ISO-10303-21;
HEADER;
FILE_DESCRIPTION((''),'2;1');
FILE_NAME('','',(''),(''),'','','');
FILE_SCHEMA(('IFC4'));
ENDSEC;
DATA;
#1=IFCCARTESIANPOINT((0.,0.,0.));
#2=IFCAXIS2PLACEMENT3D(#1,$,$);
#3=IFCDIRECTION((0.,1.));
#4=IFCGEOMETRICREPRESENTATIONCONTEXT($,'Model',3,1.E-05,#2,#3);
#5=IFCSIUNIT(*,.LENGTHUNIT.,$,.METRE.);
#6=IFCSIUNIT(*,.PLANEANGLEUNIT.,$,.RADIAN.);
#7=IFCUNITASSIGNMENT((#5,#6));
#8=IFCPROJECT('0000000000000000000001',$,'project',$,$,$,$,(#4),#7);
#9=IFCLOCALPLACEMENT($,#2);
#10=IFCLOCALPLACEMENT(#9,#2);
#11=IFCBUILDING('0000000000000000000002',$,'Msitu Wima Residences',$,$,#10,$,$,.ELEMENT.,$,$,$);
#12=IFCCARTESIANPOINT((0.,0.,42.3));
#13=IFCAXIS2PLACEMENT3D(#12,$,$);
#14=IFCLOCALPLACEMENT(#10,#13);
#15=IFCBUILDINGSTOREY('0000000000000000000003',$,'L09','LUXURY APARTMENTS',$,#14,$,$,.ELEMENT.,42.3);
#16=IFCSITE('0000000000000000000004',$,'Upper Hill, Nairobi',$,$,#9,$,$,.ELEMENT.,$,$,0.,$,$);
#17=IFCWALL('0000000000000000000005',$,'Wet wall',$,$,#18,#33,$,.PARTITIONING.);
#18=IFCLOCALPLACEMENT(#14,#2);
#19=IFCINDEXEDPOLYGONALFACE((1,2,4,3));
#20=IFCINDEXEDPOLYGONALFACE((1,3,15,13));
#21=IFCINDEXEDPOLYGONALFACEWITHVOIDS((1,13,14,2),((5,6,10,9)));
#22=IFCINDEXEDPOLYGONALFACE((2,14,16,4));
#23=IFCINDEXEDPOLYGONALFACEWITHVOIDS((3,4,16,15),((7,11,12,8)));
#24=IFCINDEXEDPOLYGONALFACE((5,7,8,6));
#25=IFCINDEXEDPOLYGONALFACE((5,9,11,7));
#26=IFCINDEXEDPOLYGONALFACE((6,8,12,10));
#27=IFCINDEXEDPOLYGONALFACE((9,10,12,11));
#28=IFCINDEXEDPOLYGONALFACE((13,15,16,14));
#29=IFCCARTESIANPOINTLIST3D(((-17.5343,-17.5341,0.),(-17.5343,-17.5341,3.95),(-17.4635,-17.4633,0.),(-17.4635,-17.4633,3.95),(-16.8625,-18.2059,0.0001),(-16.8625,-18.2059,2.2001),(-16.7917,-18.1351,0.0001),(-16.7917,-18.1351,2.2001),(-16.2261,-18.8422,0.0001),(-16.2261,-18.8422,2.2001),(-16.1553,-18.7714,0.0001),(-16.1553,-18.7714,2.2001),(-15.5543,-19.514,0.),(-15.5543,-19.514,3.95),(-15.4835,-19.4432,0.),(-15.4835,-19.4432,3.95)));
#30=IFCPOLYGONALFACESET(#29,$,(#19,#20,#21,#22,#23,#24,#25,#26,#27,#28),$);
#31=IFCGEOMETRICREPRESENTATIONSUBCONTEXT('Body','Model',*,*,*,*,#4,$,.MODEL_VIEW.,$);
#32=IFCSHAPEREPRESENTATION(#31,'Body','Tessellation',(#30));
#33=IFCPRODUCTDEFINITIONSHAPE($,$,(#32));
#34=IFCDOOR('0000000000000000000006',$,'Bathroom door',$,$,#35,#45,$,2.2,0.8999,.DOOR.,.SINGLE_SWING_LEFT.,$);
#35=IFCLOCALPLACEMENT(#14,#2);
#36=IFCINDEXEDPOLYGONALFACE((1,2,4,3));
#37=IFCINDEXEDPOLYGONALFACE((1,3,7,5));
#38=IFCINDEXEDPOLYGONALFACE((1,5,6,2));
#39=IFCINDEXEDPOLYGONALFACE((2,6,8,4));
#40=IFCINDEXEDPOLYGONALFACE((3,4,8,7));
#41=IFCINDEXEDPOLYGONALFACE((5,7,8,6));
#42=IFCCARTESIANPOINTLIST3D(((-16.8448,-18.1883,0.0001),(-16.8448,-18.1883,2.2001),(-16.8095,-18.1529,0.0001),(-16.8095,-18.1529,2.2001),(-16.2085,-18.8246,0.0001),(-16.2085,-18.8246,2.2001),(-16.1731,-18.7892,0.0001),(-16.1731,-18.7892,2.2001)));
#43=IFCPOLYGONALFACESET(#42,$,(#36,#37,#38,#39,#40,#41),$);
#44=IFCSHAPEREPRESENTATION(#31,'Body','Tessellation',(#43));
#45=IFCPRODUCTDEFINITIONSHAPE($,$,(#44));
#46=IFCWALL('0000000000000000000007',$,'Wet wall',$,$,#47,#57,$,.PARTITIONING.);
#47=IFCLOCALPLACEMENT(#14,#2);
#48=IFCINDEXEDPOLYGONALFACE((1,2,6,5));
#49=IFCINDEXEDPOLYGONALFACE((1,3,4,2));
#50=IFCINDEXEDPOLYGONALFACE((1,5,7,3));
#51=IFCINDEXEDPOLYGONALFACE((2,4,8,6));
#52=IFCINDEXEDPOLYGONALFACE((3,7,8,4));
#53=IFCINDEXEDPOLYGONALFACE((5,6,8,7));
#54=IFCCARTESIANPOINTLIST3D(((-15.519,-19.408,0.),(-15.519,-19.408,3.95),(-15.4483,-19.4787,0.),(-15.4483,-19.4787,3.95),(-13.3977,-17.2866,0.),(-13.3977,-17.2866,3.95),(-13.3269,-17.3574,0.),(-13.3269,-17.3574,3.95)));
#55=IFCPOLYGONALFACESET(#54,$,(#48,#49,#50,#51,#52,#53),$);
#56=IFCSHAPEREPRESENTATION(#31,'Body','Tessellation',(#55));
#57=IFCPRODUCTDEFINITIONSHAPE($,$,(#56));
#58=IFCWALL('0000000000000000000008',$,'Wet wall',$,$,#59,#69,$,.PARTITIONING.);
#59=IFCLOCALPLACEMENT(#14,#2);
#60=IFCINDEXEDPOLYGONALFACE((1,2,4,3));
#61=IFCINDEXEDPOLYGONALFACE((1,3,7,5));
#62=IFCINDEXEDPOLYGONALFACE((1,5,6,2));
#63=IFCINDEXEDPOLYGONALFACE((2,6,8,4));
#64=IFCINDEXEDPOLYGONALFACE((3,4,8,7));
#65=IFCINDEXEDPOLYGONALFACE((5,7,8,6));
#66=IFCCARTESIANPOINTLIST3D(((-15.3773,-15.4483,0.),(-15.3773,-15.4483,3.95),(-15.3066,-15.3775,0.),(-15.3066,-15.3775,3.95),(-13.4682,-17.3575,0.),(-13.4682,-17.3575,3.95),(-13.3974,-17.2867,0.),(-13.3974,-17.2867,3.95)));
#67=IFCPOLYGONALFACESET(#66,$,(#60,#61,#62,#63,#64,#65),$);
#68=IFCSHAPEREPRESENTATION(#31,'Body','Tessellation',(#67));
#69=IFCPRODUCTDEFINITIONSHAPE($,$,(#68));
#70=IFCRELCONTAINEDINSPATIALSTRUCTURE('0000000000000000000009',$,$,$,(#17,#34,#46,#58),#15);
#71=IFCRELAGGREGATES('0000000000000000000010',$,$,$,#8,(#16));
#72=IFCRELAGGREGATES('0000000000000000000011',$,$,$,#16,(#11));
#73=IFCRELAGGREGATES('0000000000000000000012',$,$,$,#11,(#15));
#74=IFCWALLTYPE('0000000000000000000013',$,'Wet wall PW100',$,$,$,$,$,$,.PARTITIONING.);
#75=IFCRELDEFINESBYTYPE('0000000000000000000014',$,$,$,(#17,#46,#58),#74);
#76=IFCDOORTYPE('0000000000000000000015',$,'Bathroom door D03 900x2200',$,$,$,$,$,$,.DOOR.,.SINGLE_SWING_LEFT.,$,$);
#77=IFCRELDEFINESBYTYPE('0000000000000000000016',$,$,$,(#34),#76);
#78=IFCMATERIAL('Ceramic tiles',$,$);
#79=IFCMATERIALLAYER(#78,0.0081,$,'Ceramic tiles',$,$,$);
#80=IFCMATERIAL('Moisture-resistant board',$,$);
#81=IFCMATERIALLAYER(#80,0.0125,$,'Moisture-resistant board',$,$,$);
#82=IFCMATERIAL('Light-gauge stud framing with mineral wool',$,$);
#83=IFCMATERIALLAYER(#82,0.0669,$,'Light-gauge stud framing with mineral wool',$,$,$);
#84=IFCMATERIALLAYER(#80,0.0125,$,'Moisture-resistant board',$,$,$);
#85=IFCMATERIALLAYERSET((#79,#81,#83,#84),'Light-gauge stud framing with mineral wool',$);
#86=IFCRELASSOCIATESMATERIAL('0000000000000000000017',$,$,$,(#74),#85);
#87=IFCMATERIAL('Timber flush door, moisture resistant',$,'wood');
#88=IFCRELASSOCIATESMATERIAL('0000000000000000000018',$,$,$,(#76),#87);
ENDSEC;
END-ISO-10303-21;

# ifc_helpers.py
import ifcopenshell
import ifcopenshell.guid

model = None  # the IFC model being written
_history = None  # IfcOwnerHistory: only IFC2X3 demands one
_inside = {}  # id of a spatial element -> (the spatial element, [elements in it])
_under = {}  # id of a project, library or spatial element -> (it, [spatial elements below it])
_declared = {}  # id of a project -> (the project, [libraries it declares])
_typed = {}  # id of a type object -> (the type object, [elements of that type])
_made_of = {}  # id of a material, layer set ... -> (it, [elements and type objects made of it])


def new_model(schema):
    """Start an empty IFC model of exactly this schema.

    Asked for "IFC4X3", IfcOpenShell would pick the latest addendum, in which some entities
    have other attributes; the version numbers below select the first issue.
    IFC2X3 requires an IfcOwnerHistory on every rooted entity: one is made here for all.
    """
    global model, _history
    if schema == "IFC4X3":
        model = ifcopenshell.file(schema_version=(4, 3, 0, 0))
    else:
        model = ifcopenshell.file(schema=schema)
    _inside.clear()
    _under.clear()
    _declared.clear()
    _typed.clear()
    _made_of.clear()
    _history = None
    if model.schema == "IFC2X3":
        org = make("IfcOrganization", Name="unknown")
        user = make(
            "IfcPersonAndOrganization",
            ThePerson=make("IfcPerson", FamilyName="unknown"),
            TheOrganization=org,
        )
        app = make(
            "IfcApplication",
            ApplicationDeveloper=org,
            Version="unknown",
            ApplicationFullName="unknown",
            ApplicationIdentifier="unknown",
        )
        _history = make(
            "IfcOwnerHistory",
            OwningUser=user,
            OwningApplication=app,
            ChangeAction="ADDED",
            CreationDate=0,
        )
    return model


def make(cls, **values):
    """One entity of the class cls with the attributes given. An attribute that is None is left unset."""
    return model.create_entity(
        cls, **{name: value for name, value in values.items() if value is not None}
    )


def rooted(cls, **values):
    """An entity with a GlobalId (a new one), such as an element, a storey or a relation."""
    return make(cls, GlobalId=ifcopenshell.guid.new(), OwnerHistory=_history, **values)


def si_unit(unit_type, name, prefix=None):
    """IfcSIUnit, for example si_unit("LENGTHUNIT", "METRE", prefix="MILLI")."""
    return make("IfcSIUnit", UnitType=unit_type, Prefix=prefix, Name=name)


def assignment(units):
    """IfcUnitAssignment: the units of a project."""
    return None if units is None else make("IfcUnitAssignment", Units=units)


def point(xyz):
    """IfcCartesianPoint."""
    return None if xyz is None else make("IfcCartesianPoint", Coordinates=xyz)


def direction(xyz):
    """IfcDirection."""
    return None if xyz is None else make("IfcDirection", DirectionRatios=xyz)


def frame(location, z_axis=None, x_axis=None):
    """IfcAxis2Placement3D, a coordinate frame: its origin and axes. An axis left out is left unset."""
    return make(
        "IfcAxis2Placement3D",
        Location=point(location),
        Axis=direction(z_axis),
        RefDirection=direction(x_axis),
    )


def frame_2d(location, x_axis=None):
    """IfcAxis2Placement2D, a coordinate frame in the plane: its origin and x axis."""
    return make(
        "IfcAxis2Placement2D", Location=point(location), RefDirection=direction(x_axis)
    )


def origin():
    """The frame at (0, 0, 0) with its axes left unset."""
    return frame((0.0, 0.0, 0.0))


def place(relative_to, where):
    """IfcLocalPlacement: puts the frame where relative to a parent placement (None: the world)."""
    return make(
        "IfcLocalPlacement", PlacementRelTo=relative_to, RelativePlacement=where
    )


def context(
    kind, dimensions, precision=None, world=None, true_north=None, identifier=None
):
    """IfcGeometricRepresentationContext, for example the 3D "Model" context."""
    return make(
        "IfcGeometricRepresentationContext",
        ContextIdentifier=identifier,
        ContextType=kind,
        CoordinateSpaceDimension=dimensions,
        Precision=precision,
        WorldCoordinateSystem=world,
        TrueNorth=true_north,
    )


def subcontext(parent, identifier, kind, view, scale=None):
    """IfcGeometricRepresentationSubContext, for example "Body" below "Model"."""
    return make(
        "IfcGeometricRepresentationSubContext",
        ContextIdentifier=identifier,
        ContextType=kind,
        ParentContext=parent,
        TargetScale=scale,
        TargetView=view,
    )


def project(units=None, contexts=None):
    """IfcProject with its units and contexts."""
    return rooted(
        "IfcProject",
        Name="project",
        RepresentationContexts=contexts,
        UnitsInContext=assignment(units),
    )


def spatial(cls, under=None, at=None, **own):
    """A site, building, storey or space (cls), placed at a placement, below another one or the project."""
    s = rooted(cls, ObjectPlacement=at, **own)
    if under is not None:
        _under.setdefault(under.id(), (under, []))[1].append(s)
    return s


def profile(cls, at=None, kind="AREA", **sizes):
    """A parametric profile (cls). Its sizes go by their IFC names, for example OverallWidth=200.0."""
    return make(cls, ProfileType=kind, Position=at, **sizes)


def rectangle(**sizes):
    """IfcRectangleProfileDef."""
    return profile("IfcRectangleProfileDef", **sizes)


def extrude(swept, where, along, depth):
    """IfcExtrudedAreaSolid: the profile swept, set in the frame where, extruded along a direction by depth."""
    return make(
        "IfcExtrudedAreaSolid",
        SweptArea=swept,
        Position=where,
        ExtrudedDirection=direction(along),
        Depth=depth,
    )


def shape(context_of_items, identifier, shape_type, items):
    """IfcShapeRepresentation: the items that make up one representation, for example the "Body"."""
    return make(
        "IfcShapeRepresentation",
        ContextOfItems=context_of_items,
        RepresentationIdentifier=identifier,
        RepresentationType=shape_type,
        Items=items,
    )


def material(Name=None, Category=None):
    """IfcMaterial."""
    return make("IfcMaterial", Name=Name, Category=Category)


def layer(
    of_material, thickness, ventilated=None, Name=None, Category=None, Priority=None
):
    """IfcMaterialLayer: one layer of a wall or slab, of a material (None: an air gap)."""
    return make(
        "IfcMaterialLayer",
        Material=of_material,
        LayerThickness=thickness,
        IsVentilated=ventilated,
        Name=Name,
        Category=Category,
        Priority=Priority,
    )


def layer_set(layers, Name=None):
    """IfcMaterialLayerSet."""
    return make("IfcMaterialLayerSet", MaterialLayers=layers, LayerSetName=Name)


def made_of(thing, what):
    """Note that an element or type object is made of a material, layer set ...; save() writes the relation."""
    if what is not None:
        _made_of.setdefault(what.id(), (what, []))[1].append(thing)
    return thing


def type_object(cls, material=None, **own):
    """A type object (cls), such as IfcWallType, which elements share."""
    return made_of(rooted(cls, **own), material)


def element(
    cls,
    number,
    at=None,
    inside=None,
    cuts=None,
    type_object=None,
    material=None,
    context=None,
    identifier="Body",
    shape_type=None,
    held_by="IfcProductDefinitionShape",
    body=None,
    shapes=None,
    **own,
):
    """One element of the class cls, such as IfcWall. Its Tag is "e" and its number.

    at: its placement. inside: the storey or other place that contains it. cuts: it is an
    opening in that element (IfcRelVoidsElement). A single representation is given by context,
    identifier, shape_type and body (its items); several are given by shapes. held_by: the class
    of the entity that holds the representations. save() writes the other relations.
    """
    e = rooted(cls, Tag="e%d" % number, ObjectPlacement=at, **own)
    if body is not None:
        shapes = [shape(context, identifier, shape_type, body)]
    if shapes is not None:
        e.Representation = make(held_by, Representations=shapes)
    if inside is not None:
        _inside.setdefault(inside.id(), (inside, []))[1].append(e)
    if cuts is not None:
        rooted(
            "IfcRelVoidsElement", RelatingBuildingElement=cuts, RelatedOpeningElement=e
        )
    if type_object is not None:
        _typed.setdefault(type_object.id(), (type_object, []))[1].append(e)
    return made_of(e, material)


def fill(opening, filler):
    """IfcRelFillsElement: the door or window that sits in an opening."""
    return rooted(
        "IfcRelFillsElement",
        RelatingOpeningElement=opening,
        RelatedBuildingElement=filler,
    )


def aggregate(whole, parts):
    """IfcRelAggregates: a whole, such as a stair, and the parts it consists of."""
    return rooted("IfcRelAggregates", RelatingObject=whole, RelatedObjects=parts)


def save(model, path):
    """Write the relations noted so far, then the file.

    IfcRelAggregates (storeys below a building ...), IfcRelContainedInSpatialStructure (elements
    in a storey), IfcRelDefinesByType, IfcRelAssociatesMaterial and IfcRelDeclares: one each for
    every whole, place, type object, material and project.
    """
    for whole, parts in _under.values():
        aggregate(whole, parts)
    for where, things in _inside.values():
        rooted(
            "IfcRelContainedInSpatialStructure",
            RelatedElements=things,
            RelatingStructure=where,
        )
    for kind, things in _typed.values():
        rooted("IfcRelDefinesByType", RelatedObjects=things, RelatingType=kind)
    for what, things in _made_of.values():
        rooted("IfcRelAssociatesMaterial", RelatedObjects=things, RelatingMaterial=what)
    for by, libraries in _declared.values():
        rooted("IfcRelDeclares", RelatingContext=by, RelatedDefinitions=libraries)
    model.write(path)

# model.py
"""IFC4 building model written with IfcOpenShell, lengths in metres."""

from ifc_helpers import new_model, si_unit, direction, frame, frame_2d, origin, place, context, subcontext, project, spatial, rectangle, extrude, material, layer, layer_set, type_object, element, fill, save


model = new_model("IFC4")

# Units and contexts
model_context = context("Model", 3, precision=1e-05, world=origin(), true_north=direction((0.0, 1.0)))
body_context = subcontext(model_context, "Body", "Model", "MODEL_VIEW")
ifc_project = project(units=[si_unit("LENGTHUNIT", "METRE"), si_unit("PLANEANGLEUNIT", "RADIAN")], contexts=[model_context])

# Site, building, storey
site_placement = place(None, origin())
site = spatial("IfcSite", under=ifc_project, at=site_placement, Name="Upper Hill, Nairobi", CompositionType="ELEMENT", RefElevation=0.0)
building_placement = place(site_placement, origin())
building = spatial("IfcBuilding", under=site, at=building_placement, Name="Msitu Wima Residences", CompositionType="ELEMENT")
storey_placement = place(building_placement, frame((0.0, 0.0, 42.3)))
storey = spatial("IfcBuildingStorey", under=building, at=storey_placement, Name="L09", Description="LUXURY APARTMENTS", CompositionType="ELEMENT", Elevation=42.3)

# Shared definitions
ifc_material_1 = material(Name="Ceramic tiles")
ifc_layer_1 = layer(ifc_material_1, 0.0081, Name="Ceramic tiles")
ifc_material_2 = material(Name="Moisture-resistant board")
ifc_layer_2 = layer(ifc_material_2, 0.0125, Name="Moisture-resistant board")
ifc_material_3 = material(Name="Light-gauge stud framing with mineral wool")
ifc_layer_3 = layer(ifc_material_3, 0.0669, Name="Light-gauge stud framing with mineral wool")
ifc_layer_4 = layer(ifc_material_2, 0.0125, Name="Moisture-resistant board")
ifc_layer_set_1 = layer_set([ifc_layer_1, ifc_layer_2, ifc_layer_3, ifc_layer_4], Name="Light-gauge stud framing with mineral wool")
wall_type_1 = type_object("IfcWallType", Name="Wet wall PW100", PredefinedType="PARTITIONING", material=ifc_layer_set_1)

# Wall, opening, door
wall_1_placement = place(storey_placement, frame((-17.4988, -17.4988, 0.0), z_axis=(0.0, 0.0, 1.0), x_axis=(0.707107, -0.707107, 0.0)))
wall_1 = element("IfcWall", 1, at=wall_1_placement, inside=storey, type_object=wall_type_1, Name="Wet wall", PredefinedType="PARTITIONING", context=body_context, shape_type="SweptSolid", body=[
    extrude(rectangle(XDim=2.8, YDim=0.1001, at=frame_2d((1.3999, 0.0))), origin(), (0.0, 0.0, 1.0), 3.95),
])
opening_1_placement = place(wall_1_placement, frame((0.95, 0.0, 0.0)))
opening_1 = element("IfcOpeningElement", 2, at=opening_1_placement, cuts=wall_1, PredefinedType="OPENING", context=body_context, shape_type="SweptSolid", body=[
    extrude(rectangle(XDim=0.8999, YDim=2.2, at=frame_2d((0.45, 1.1001))), frame((0.0, 0.0601, 0.0), z_axis=(0.0, -1.0, 0.0), x_axis=(1.0, 0.0, 0.0)), (0.0, 0.0, 1.0), 0.1201),
])
ifc_material_4 = material(Name="Timber flush door, moisture resistant", Category="wood")
door_type_1 = type_object("IfcDoorType", Name="Bathroom door D03 900x2200", OperationType="SINGLE_SWING_LEFT", PredefinedType="DOOR", material=ifc_material_4)
door_1_placement = place(opening_1_placement, origin())
door_1 = element("IfcDoor", 3, at=door_1_placement, inside=storey, type_object=door_type_1, Name="Bathroom door", OperationType="SINGLE_SWING_LEFT", OverallHeight=2.2, OverallWidth=0.8999, PredefinedType="DOOR", context=body_context, shape_type="SweptSolid", body=[
    extrude(rectangle(XDim=0.8999, YDim=2.2, at=frame_2d((0.45, 1.1001))), frame((0.0, 0.0249, 0.0), z_axis=(0.0, -1.0, 0.0), x_axis=(1.0, 0.0, 0.0)), (0.0, 0.0, 1.0), 0.05),
])
fill(opening_1, door_1)

# Walls
wall_2_placement = place(storey_placement, frame((-15.4836, -19.4434, 0.0), z_axis=(0.0, 0.0, 1.0), x_axis=(0.707107, 0.707107, 0.0)))
element("IfcWall", 4, at=wall_2_placement, inside=storey, type_object=wall_type_1, Name="Wet wall", PredefinedType="PARTITIONING", context=body_context, shape_type="SweptSolid", body=[
    extrude(rectangle(XDim=3.0, YDim=0.1001, at=frame_2d((1.5, 0.0))), origin(), (0.0, 0.0, 1.0), 3.95),
])
wall_3_placement = place(storey_placement, frame((-15.342, -15.4128, 0.0), z_axis=(0.0, 0.0, 1.0), x_axis=(0.707107, -0.707107, 0.0)))
element("IfcWall", 5, at=wall_3_placement, inside=storey, type_object=wall_type_1, Name="Wet wall", PredefinedType="PARTITIONING", context=body_context, shape_type="SweptSolid", body=[
    extrude(rectangle(XDim=2.7, YDim=0.1001, at=frame_2d((1.3501, 0.0))), origin(), (0.0, 0.0, 1.0), 3.95),
])

save(model, "model.ifc")
